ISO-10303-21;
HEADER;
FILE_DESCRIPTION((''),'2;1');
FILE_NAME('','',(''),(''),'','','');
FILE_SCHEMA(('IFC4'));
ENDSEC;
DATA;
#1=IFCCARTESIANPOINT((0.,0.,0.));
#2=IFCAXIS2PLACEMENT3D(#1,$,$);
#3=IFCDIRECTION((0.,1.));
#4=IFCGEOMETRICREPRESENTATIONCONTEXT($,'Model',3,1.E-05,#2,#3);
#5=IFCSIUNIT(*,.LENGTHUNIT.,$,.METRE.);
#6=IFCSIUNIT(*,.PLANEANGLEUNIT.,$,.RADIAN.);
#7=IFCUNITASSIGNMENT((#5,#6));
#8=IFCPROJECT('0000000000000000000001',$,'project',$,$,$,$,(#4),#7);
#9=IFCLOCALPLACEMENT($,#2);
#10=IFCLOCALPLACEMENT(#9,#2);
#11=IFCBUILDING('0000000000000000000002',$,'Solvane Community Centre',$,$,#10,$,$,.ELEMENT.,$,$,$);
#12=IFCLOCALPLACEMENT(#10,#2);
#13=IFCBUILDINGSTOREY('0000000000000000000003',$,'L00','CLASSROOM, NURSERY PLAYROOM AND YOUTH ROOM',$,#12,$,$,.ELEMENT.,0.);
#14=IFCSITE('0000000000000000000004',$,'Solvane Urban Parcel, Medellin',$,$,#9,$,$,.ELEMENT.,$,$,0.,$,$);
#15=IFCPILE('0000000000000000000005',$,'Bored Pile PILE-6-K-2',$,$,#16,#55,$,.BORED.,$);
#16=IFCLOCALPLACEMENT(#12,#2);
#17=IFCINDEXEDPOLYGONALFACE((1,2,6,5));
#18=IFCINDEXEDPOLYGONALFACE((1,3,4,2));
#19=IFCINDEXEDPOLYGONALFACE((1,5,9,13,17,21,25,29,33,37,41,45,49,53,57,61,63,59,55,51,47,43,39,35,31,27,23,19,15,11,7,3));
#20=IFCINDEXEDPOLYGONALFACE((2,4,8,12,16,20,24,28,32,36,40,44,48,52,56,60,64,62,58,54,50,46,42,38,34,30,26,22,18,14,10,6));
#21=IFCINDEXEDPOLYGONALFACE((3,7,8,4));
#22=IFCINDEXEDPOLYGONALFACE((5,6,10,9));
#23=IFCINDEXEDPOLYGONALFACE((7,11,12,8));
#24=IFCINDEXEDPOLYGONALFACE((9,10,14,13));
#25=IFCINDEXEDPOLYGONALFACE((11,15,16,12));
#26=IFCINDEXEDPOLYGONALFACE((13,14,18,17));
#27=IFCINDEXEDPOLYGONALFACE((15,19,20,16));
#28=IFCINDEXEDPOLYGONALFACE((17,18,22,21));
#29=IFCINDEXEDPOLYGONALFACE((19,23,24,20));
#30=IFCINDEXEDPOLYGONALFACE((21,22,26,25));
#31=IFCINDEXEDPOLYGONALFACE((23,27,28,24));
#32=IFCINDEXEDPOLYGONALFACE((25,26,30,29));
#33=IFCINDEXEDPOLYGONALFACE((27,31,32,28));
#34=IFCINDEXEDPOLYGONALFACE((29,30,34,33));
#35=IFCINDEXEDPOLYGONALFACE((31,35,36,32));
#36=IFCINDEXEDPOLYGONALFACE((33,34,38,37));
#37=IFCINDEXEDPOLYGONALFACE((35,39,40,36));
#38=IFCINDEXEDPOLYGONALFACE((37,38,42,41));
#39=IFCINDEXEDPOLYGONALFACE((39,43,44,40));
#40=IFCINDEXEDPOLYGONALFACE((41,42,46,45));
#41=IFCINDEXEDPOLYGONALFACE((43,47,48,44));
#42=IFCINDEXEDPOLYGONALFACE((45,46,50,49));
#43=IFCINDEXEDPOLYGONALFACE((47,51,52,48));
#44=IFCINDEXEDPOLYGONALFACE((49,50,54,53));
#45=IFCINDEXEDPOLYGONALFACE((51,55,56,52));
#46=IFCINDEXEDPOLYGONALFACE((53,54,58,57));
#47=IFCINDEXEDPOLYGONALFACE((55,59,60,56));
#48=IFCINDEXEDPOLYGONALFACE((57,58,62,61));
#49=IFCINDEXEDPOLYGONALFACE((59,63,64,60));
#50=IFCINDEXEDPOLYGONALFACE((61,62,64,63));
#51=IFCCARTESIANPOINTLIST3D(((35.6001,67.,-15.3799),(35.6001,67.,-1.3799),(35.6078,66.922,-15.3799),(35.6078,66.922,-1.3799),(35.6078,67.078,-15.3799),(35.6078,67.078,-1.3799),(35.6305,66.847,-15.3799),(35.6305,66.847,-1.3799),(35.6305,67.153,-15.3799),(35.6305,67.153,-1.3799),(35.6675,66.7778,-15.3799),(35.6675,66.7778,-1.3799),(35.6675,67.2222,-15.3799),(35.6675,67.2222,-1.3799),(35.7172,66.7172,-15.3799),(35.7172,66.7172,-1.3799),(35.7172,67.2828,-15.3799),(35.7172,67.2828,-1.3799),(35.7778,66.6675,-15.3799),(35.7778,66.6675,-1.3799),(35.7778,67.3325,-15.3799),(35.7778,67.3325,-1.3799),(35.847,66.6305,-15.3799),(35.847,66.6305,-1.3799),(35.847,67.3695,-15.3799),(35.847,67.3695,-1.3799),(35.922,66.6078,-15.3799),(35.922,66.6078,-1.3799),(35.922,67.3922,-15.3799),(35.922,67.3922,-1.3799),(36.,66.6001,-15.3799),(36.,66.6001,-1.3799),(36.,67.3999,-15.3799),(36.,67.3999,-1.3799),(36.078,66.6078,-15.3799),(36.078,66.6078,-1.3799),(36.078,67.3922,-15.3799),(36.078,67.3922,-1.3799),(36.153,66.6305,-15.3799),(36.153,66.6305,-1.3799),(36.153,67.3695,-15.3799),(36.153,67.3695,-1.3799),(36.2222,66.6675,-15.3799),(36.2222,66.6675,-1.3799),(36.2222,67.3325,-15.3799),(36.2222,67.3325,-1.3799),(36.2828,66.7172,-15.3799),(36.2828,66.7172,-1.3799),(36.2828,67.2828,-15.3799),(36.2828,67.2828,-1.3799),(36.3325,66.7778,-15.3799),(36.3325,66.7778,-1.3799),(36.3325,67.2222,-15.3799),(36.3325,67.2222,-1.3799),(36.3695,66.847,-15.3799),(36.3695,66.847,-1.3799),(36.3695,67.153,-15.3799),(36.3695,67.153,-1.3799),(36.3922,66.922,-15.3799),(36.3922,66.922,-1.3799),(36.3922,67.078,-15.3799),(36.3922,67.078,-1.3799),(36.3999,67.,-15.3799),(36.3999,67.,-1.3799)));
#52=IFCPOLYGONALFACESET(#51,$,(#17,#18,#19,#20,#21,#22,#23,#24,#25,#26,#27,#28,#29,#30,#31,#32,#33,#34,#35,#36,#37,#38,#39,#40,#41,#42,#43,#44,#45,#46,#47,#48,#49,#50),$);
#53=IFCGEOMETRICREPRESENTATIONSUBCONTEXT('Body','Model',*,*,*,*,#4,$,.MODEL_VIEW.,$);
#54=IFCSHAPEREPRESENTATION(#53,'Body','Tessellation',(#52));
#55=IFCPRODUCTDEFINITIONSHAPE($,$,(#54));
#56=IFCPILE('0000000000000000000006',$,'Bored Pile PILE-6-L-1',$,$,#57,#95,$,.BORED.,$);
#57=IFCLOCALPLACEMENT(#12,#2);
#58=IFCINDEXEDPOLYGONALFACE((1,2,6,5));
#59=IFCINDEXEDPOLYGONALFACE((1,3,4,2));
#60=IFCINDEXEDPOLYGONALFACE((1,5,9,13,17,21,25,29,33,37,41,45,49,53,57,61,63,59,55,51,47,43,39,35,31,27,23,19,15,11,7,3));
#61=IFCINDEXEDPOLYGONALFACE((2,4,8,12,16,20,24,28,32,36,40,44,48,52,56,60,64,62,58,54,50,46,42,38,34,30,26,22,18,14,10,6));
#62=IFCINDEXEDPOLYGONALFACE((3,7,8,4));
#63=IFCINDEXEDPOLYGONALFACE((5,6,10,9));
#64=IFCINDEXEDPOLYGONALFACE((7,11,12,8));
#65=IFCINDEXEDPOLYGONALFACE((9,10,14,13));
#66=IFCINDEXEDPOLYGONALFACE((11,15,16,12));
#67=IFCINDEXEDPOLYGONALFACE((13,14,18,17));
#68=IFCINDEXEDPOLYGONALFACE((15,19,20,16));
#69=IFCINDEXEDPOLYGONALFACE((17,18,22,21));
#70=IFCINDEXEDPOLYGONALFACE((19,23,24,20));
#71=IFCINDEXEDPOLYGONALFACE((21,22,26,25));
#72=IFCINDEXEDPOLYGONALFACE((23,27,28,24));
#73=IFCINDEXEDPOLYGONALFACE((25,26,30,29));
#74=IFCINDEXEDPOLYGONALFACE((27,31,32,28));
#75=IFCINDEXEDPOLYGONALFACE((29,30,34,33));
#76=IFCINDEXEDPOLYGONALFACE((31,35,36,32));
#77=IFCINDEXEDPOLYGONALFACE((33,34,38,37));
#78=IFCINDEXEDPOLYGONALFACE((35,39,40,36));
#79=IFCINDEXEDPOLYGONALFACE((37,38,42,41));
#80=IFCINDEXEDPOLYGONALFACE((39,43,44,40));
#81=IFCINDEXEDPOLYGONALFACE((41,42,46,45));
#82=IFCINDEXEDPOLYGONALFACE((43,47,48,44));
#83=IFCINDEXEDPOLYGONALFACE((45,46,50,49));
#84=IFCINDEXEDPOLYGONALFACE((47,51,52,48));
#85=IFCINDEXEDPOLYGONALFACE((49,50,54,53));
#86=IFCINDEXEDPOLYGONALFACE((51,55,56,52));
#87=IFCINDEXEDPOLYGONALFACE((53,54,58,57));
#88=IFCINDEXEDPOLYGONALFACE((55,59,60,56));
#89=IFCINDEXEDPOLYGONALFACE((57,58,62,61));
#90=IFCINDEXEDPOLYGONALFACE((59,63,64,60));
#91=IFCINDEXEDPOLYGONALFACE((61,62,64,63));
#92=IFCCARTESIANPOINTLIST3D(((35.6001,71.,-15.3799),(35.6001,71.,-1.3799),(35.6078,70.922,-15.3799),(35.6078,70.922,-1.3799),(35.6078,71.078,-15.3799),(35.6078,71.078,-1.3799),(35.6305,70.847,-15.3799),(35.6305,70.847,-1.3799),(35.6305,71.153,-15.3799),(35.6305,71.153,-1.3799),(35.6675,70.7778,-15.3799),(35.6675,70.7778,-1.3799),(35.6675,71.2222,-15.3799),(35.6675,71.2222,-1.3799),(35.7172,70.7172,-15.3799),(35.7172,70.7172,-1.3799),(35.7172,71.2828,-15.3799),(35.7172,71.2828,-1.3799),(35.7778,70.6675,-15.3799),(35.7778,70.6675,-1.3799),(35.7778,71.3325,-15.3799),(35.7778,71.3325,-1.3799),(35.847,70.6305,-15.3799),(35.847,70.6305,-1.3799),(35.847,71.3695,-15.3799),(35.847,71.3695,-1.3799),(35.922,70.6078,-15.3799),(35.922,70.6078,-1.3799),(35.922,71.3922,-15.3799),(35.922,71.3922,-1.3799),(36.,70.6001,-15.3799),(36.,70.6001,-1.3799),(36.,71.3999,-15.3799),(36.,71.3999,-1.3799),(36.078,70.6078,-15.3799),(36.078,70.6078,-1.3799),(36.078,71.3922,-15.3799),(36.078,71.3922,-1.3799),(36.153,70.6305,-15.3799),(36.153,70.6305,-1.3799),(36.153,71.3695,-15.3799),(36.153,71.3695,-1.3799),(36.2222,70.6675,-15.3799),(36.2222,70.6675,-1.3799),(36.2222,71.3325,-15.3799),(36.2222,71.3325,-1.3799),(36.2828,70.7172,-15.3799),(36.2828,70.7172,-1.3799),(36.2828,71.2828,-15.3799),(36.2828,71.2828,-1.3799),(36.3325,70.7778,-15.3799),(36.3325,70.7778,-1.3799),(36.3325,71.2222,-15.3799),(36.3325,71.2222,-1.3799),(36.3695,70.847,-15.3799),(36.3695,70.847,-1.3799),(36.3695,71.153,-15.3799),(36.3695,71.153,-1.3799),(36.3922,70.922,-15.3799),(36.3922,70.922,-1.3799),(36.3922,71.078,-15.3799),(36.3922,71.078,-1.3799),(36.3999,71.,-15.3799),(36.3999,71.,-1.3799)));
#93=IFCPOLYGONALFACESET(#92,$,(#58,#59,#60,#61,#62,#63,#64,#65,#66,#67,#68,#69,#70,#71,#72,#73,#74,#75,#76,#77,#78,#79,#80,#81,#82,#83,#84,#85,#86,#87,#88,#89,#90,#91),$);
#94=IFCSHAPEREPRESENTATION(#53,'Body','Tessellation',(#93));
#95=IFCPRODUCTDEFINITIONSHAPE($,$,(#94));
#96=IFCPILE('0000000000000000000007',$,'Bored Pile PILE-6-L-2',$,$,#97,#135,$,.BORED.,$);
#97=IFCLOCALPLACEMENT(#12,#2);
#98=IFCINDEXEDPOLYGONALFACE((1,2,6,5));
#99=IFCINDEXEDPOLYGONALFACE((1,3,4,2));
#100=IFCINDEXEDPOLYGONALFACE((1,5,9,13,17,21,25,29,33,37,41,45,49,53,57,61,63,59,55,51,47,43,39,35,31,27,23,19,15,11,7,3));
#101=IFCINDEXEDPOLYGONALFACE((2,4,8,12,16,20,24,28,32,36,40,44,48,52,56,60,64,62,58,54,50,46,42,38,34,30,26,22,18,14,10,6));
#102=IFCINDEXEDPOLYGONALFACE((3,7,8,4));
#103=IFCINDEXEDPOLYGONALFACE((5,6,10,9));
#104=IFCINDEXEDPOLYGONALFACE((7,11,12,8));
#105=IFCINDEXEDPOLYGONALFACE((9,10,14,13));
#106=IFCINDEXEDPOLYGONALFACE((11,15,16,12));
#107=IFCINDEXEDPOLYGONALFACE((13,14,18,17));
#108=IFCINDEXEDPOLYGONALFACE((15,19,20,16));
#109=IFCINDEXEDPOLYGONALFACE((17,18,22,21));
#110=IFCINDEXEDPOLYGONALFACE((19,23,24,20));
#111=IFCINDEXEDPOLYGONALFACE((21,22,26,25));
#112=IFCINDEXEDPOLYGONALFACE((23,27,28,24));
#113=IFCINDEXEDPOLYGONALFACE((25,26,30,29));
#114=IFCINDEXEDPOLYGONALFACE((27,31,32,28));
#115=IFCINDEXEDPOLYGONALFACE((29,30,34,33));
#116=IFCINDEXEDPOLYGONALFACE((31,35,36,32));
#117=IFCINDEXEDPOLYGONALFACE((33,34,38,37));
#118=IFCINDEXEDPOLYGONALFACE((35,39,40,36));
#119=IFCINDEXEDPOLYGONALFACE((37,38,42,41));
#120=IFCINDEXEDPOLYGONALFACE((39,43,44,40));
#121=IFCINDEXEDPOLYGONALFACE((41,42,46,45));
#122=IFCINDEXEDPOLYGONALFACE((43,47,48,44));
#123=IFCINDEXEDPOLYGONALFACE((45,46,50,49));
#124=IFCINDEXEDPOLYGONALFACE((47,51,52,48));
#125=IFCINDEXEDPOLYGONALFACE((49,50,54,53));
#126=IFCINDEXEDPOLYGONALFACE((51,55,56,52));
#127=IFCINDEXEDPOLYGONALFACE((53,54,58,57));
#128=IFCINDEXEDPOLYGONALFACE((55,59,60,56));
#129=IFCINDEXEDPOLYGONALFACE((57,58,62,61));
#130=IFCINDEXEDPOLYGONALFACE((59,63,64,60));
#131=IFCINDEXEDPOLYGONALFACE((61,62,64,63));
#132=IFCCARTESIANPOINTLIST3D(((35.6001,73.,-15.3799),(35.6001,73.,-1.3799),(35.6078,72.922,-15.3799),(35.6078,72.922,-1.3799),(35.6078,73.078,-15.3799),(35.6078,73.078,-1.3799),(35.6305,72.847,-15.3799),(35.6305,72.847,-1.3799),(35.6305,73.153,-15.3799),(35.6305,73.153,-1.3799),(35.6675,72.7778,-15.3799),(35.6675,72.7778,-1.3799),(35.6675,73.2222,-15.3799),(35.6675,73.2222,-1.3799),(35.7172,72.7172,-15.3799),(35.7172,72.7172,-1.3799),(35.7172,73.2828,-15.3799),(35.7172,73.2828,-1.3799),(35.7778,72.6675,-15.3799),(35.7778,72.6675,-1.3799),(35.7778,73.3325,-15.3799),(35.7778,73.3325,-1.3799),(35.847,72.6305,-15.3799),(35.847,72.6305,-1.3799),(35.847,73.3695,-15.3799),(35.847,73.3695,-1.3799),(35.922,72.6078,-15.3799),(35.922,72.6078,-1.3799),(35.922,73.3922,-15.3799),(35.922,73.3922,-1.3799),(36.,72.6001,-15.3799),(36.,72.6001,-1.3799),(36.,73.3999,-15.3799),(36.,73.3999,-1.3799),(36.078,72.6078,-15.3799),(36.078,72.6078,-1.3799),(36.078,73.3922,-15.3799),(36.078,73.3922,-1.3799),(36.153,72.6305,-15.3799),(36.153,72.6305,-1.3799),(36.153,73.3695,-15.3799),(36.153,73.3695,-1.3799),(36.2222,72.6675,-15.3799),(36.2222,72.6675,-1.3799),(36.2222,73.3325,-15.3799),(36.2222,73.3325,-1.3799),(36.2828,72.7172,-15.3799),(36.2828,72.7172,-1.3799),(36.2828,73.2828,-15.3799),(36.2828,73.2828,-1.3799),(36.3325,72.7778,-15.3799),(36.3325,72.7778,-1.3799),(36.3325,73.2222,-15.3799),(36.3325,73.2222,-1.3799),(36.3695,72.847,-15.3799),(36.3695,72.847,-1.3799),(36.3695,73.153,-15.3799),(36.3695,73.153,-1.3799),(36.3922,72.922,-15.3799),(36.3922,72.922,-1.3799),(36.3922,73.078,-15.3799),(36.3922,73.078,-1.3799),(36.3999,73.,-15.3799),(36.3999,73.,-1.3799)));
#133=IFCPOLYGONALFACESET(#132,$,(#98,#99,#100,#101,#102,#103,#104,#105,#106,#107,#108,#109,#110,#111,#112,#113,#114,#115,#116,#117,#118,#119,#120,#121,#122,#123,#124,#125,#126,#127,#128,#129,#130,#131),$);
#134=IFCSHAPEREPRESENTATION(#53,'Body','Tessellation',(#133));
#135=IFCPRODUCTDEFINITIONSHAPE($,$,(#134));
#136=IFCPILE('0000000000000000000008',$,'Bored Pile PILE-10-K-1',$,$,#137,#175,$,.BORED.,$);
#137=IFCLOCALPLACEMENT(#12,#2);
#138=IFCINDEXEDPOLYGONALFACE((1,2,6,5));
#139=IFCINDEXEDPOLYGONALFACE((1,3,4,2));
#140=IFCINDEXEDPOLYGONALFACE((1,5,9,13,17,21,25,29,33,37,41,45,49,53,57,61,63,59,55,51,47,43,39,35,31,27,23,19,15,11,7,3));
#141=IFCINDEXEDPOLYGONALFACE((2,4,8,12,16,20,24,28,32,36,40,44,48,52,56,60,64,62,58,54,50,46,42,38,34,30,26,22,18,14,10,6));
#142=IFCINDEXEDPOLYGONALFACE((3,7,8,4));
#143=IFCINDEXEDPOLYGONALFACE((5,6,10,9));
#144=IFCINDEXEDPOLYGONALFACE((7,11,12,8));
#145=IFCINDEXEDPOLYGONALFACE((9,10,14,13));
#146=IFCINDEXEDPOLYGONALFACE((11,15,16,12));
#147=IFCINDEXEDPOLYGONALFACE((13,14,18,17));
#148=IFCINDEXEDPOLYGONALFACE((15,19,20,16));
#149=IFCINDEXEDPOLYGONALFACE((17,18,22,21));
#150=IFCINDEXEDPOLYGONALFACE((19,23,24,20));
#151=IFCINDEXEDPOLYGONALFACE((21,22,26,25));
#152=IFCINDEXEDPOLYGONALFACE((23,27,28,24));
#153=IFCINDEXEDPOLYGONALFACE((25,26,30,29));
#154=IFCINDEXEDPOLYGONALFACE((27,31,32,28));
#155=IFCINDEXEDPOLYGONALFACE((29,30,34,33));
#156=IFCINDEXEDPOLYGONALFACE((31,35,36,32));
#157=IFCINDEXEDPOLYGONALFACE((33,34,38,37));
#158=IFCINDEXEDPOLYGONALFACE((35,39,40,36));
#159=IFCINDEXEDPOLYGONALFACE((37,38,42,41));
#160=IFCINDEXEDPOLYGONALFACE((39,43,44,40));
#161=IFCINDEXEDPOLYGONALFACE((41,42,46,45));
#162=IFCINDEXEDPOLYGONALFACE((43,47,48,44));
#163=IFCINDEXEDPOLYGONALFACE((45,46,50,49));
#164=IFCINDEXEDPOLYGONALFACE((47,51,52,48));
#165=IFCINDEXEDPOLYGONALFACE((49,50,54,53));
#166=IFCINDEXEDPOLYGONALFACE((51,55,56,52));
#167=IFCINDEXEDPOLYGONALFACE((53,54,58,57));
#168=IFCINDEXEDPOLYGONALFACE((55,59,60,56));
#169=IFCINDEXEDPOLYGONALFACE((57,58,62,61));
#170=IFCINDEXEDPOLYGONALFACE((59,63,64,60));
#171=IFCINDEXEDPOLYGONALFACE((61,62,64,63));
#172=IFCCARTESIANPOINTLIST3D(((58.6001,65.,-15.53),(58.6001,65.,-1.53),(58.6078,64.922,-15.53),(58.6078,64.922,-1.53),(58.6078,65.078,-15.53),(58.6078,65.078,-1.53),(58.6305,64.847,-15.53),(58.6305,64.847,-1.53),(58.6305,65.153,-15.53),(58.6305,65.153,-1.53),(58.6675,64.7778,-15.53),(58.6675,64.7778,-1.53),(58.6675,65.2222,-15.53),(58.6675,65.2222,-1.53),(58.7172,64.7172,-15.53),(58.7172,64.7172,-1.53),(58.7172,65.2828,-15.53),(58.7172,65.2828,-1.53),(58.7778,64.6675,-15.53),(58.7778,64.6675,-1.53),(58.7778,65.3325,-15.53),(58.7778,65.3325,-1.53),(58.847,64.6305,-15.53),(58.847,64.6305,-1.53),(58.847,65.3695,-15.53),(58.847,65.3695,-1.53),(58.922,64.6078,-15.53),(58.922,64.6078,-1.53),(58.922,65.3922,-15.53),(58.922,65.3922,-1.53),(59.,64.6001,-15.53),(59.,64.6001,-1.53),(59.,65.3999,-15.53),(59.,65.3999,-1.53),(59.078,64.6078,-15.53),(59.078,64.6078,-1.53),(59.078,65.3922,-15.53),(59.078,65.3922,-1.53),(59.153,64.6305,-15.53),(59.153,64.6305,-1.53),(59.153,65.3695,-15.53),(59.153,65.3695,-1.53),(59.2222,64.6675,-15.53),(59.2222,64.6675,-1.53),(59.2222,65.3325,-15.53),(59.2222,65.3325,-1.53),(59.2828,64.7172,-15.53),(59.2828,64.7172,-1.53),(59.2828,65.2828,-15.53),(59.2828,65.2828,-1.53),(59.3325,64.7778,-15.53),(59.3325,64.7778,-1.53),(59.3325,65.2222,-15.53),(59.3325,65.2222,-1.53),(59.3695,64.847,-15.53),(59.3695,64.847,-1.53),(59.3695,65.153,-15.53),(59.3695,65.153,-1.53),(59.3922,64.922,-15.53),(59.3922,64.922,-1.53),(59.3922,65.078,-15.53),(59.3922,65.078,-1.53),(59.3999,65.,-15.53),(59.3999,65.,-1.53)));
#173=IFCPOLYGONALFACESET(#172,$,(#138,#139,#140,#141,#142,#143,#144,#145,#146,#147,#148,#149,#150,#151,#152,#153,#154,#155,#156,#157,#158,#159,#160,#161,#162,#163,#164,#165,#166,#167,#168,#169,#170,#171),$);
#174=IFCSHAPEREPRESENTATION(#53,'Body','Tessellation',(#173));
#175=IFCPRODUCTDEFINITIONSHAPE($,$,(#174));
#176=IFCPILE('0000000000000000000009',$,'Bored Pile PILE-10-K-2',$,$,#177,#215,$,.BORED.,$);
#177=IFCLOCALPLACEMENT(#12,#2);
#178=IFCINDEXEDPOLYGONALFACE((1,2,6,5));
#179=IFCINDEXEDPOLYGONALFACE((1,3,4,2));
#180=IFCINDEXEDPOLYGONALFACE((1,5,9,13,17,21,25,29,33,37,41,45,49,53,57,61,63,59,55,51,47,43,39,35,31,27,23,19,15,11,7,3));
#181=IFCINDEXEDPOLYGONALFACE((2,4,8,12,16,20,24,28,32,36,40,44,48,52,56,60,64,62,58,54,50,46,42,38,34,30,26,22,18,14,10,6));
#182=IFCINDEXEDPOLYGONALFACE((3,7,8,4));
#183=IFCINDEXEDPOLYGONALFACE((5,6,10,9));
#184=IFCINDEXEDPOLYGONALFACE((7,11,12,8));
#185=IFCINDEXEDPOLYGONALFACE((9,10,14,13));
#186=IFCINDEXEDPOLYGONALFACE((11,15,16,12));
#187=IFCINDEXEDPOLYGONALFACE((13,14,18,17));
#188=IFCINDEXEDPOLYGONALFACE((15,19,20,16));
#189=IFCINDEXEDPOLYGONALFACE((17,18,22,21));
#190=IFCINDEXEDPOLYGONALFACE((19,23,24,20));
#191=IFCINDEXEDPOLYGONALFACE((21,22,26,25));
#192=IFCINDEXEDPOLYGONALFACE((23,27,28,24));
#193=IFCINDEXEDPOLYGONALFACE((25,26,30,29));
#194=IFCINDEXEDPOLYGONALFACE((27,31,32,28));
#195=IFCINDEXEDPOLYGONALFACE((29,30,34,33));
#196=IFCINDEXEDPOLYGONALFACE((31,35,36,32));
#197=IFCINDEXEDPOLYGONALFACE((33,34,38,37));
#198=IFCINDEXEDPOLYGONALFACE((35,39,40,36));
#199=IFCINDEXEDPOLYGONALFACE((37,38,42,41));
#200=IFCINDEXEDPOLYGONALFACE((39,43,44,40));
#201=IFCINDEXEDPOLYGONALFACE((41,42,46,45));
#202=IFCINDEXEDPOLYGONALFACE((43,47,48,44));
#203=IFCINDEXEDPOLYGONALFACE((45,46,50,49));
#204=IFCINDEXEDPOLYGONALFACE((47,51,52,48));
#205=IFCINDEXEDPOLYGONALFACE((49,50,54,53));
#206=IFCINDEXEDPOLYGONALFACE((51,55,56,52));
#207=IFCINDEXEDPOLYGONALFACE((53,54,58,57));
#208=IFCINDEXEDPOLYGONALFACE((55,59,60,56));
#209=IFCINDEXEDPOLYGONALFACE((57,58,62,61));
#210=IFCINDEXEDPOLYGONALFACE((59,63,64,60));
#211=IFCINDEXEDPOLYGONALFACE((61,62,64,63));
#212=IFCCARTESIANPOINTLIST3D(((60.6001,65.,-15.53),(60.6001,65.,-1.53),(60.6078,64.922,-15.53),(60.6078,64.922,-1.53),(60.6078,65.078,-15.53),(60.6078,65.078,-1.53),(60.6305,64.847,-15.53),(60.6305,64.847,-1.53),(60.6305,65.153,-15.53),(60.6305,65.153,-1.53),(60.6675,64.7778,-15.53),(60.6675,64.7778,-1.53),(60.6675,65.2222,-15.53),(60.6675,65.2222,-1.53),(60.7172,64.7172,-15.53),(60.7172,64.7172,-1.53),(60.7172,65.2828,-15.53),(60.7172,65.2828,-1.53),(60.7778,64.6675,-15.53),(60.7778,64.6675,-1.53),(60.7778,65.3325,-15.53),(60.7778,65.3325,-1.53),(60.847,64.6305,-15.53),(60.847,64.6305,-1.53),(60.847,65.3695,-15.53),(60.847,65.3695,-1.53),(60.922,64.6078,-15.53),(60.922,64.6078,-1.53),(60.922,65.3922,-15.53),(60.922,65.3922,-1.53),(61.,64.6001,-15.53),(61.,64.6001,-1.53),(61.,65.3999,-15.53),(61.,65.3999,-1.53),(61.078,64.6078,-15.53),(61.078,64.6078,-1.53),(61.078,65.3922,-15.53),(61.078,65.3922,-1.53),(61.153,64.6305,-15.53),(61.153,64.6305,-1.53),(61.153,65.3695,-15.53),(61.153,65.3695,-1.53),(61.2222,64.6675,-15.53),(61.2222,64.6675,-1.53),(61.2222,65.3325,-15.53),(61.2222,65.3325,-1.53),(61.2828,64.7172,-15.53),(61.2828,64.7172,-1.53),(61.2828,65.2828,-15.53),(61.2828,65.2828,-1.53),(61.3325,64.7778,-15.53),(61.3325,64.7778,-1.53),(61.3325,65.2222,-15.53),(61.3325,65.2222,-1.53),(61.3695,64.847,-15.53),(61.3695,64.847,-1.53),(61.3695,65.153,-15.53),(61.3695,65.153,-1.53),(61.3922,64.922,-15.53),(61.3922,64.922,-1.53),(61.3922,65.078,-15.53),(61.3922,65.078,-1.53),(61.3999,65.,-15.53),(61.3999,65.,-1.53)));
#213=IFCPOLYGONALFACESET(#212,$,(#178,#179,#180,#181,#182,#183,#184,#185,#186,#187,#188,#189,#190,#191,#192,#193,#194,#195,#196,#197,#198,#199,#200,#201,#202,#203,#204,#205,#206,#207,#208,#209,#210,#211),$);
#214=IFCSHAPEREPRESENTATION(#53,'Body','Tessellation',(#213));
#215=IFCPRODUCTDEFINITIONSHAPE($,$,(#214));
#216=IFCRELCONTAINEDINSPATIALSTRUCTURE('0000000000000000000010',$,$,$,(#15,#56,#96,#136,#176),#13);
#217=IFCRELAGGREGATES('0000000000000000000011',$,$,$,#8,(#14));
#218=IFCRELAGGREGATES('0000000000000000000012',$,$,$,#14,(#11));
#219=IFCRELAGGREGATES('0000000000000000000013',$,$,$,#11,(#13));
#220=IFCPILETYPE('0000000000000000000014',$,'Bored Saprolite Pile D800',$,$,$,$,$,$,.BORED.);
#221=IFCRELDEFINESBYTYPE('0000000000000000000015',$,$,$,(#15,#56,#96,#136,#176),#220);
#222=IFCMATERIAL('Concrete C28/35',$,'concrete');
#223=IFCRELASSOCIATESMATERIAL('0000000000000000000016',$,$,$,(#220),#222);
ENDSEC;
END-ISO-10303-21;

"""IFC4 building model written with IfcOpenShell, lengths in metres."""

from ifc_helpers import new_model, si_unit, direction, frame, origin, origin_2d, place, context, subcontext, project, spatial, circle, extrude, material, material_profile, profile_set, type_object, element, save


model = new_model("IFC4")

# Units and contexts
model_context = context("Model", 3, precision=1e-05, world=origin(), true_north=direction((0.0, 1.0)))
body_context = subcontext(model_context, "Body", "Model", "MODEL_VIEW")
ifc_project = project(units=[si_unit("LENGTHUNIT", "METRE"), si_unit("PLANEANGLEUNIT", "RADIAN")], contexts=[model_context])

# Site, building, storey
site_placement = place(None, origin())
site = spatial("IfcSite", under=ifc_project, at=site_placement, Name="Solvane Urban Parcel, Medellin", CompositionType="ELEMENT", RefElevation=0.0)
building_placement = place(site_placement, origin())
building = spatial("IfcBuilding", under=site, at=building_placement, Name="Solvane Community Centre", CompositionType="ELEMENT")
storey_placement = place(building_placement, origin())
storey = spatial("IfcBuildingStorey", under=building, at=storey_placement, Name="L00", Description="CLASSROOM, NURSERY PLAYROOM AND YOUTH ROOM", CompositionType="ELEMENT", Elevation=0.0)

# Piles
ifc_material_1 = material(Name="Concrete C28/35", Category="concrete")
ifc_material_profile_1 = material_profile(ifc_material_1, circle(Radius=0.3999, at=origin_2d()), Name="PILE D800")
ifc_profile_set_1 = profile_set([ifc_material_profile_1], Name="Concrete C28/35")
pile_type = type_object("IfcPileType", Name="Bored Saprolite Pile D800", PredefinedType="BORED", material=ifc_profile_set_1)
for number, where, z_axis, x_axis, name in (
    (1, (36.0, 67.0, -1.3799), (0.0, 0.0, -1.0), (1.0, 0.0, 0.0), "Bored Pile PILE-6-K-2"),
    (2, (36.0, 71.0, -1.3799), (0.0, 0.0, -1.0), (1.0, 0.0, 0.0), "Bored Pile PILE-6-L-1"),
    (3, (36.0, 73.0, -1.3799), (0.0, 0.0, -1.0), (1.0, 0.0, 0.0), "Bored Pile PILE-6-L-2"),
    (4, (59.0, 65.0, -1.53), (0.0, 0.0, -1.0), (1.0, 0.0, 0.0), "Bored Pile PILE-10-K-1"),
    (5, (61.0, 65.0, -1.53), (0.0, 0.0, -1.0), (1.0, 0.0, 0.0), "Bored Pile PILE-10-K-2"),
):
    element("IfcPile", number, at=place(storey_placement, frame(where, z_axis=z_axis, x_axis=x_axis)), inside=storey, type_object=pile_type, Name=name, PredefinedType="BORED", context=body_context, shape_type="SweptSolid", body=[
        extrude(circle(Radius=0.3999, at=origin_2d()), origin(), (0.0, 0.0, 1.0), 14.0),
    ])

save(model, "model.ifc")
